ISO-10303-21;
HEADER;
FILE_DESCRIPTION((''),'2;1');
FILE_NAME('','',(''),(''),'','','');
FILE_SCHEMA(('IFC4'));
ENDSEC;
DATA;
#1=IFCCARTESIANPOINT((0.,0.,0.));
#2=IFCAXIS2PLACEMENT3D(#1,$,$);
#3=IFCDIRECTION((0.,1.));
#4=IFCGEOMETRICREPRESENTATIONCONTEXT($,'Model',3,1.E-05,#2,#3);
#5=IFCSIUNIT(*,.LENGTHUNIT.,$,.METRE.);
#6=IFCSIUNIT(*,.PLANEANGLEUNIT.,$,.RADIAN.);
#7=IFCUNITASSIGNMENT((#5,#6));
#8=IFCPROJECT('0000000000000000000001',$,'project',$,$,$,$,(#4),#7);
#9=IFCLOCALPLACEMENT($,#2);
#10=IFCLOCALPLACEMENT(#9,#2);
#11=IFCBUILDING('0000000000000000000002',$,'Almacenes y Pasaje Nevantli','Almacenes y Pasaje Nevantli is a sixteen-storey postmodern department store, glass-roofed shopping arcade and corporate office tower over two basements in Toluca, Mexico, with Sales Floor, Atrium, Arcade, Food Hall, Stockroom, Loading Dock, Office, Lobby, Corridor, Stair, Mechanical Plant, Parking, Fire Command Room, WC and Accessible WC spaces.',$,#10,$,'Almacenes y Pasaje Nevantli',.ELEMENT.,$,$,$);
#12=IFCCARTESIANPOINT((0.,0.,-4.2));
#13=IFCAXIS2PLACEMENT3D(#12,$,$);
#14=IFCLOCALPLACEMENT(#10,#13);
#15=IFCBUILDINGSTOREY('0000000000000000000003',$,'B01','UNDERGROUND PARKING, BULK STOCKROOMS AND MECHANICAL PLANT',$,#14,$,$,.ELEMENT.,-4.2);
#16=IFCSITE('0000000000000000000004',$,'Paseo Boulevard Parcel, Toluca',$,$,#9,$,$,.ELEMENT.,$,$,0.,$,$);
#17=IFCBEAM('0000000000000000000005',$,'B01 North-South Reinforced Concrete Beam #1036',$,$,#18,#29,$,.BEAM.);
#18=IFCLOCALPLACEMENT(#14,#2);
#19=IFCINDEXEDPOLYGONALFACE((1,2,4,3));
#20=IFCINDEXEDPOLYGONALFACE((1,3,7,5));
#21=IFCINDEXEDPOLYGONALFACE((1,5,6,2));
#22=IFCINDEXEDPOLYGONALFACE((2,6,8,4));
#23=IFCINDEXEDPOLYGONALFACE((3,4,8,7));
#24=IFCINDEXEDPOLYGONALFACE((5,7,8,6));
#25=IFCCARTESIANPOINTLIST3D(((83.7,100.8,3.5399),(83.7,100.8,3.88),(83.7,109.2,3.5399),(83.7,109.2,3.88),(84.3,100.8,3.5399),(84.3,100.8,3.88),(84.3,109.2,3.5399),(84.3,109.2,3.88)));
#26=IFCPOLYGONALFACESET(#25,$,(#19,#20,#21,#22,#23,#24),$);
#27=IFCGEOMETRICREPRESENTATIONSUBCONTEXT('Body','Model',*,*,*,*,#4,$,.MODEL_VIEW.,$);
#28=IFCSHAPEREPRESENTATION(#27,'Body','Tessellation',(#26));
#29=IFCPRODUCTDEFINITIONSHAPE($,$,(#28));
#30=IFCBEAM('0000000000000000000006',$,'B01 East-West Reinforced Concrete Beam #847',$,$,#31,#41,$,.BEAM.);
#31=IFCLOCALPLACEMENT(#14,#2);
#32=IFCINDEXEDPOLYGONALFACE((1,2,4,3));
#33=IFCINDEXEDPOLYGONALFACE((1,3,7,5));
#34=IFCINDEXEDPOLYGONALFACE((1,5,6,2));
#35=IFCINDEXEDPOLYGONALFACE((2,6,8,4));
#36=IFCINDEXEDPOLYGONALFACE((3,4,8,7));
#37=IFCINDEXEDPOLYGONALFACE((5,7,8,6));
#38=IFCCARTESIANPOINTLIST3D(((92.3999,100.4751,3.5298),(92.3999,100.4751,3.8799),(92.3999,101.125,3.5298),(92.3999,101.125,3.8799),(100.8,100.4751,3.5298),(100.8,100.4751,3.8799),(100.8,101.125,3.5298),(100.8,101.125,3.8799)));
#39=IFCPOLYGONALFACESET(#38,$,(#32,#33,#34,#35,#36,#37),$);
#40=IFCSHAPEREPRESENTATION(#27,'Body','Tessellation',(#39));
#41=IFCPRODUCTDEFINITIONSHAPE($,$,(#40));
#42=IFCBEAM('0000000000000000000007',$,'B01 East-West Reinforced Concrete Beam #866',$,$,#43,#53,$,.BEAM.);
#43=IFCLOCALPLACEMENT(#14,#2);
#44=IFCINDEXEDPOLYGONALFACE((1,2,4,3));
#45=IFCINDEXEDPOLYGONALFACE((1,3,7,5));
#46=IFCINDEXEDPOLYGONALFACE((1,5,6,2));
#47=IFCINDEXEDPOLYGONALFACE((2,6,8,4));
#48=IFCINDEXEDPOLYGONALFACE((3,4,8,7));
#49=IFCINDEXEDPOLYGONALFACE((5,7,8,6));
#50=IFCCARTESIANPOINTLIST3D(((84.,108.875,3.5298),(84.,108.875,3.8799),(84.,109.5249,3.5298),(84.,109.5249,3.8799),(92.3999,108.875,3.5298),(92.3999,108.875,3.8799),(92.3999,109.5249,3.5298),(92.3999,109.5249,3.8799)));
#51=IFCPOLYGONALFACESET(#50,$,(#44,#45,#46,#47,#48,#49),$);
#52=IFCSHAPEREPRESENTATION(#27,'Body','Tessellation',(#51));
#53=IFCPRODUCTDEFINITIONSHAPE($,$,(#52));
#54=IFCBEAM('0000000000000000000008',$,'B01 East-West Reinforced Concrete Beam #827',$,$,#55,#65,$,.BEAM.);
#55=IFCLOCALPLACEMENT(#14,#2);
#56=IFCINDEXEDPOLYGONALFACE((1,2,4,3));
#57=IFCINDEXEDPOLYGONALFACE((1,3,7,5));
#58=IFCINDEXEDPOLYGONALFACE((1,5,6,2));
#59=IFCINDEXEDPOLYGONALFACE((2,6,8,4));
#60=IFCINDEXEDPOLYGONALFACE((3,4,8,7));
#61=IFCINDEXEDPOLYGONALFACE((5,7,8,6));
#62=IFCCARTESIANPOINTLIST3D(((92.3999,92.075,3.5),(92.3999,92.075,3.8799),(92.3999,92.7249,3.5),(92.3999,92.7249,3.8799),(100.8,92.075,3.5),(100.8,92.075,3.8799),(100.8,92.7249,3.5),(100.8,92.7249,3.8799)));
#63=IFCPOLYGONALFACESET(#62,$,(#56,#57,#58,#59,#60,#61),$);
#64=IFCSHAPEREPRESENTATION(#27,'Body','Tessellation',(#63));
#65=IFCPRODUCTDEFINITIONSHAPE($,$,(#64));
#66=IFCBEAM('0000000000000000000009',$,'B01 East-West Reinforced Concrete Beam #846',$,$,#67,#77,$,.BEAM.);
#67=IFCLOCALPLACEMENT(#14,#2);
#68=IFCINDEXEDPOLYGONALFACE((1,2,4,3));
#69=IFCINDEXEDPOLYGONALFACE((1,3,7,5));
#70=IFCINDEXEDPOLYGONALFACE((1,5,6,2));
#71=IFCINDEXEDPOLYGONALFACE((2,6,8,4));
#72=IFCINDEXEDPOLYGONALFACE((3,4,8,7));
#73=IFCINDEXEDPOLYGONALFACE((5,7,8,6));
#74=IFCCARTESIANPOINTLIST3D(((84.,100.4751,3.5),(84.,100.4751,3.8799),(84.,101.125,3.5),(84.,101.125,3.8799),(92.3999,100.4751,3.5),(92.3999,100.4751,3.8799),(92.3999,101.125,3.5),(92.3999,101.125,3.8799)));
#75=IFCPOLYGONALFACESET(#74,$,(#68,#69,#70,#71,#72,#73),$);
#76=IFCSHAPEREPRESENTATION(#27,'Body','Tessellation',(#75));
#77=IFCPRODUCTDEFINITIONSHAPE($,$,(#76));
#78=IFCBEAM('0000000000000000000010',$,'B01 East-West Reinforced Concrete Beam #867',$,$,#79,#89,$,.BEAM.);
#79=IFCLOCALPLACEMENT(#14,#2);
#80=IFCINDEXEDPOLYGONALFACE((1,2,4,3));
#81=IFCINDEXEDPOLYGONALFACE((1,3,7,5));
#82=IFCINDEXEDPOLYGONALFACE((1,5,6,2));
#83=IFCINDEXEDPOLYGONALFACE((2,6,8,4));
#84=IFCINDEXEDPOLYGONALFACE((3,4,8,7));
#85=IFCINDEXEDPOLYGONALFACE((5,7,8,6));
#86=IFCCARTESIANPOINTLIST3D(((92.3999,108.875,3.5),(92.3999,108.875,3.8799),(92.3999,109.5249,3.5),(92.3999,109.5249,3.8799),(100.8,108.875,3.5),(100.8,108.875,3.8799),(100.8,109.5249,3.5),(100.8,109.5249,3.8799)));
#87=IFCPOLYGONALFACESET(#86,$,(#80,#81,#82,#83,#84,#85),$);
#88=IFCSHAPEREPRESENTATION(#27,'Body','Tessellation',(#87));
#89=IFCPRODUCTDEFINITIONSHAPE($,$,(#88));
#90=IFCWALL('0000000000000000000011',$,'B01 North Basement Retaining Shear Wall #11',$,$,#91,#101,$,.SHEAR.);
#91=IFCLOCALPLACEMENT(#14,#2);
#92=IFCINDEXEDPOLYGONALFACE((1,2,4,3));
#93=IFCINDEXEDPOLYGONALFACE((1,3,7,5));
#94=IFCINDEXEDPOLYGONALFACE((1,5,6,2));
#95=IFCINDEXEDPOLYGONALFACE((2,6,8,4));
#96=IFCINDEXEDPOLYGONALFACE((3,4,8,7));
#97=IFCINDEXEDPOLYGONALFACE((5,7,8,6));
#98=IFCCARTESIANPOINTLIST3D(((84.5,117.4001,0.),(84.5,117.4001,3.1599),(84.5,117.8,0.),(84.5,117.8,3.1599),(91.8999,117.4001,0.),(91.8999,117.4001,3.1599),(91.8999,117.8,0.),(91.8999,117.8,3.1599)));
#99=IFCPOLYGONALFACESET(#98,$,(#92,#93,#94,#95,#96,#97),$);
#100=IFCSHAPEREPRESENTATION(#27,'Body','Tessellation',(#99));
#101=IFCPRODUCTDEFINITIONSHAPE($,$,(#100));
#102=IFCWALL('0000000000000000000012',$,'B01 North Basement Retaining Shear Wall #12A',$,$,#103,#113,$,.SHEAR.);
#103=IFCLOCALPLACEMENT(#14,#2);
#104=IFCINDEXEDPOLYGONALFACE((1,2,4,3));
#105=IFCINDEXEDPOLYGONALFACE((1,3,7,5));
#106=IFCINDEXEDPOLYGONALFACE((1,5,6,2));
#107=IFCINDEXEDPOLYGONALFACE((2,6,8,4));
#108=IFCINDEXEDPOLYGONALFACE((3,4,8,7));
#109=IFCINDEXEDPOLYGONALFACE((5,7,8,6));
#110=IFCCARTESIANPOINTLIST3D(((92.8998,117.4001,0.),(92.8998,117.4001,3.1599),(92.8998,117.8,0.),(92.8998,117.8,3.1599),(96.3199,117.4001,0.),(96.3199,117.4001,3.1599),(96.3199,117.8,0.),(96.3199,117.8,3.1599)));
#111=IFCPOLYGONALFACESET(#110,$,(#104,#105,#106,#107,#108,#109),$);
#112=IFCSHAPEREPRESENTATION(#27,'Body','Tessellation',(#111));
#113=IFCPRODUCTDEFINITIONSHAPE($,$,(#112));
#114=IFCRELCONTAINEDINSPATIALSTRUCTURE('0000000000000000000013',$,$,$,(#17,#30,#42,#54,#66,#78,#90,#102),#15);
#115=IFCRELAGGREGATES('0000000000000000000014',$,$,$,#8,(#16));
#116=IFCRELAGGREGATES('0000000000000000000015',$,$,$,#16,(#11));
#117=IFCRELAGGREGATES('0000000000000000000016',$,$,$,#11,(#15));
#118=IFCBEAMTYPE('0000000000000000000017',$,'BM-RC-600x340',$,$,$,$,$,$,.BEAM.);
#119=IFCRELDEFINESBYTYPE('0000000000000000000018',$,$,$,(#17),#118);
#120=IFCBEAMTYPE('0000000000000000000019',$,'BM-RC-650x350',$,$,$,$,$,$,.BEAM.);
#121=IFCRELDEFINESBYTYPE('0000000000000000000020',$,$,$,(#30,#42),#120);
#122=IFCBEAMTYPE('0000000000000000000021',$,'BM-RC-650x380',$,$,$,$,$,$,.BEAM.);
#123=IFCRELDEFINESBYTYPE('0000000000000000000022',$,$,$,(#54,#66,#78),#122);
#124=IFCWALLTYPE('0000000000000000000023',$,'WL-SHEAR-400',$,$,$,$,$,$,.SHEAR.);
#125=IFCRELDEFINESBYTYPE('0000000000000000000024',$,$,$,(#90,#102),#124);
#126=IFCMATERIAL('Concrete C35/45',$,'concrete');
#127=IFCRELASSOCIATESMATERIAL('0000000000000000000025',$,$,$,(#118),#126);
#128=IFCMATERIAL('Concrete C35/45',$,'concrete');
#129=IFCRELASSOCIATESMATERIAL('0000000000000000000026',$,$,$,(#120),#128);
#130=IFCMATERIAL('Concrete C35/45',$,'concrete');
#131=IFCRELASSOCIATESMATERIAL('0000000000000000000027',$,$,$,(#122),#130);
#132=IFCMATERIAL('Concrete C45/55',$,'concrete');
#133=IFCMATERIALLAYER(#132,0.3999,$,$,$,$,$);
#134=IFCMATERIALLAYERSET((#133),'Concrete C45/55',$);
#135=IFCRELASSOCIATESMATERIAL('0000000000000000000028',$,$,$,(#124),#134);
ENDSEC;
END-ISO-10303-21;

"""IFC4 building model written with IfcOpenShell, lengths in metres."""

from ifc_helpers import new_model, si_unit, direction, frame, frame_2d, origin, origin_2d, place, context, subcontext, project, spatial, rectangle, extrude, material, layer, layer_set, material_profile, profile_set, type_object, element, save


model = new_model("IFC4")

# Units and contexts
model_context = context("Model", 3, precision=1e-05, world=origin(), true_north=direction((0.0, 1.0)))
body_context = subcontext(model_context, "Body", "Model", "MODEL_VIEW")
ifc_project = project(units=[si_unit("LENGTHUNIT", "METRE"), si_unit("PLANEANGLEUNIT", "RADIAN")], contexts=[model_context])

# Site, building, storey
site_placement = place(None, origin())
site = spatial("IfcSite", under=ifc_project, at=site_placement, Name="Paseo Boulevard Parcel, Toluca", CompositionType="ELEMENT", RefElevation=0.0)
building_placement = place(site_placement, origin())
building = spatial("IfcBuilding", under=site, at=building_placement, Name="Almacenes y Pasaje Nevantli", Description="Almacenes y Pasaje Nevantli is a sixteen-storey postmodern department store, glass-roofed shopping arcade and corporate office tower over two basements in Toluca, Mexico, with Sales Floor, Atrium, Arcade, Food Hall, Stockroom, Loading Dock, Office, Lobby, Corridor, Stair, Mechanical Plant, Parking, Fire Command Room, WC and Accessible WC spaces.", LongName="Almacenes y Pasaje Nevantli", CompositionType="ELEMENT")
storey_placement = place(building_placement, frame((0.0, 0.0, -4.2)))
storey = spatial("IfcBuildingStorey", under=building, at=storey_placement, Name="B01", Description="UNDERGROUND PARKING, BULK STOCKROOMS AND MECHANICAL PLANT", CompositionType="ELEMENT", Elevation=-4.2)

# Beams
ifc_material_1 = material(Name="Concrete C35/45", Category="concrete")
ifc_material_profile_1 = material_profile(ifc_material_1, rectangle(XDim=0.6001, YDim=0.3401, at=origin_2d()), Name="RC-BM-600x340")
ifc_profile_set_1 = profile_set([ifc_material_profile_1], Name="Concrete C35/45")
beam_type_1 = type_object("IfcBeamType", Name="BM-RC-600x340", PredefinedType="BEAM", material=ifc_profile_set_1)
beam_1_placement = place(storey_placement, frame((84.0, 100.8, 3.71), z_axis=(0.0, 1.0, 0.0), x_axis=(-1.0, 0.0, 0.0)))
element("IfcBeam", 1, at=beam_1_placement, inside=storey, type_object=beam_type_1, Name="B01 North-South Reinforced Concrete Beam #1036", PredefinedType="BEAM", context=body_context, shape_type="SweptSolid", body=[
    extrude(rectangle(XDim=0.6001, YDim=0.3401, at=origin_2d()), origin(), (0.0, 0.0, 1.0), 8.3999),
])
ifc_material_2 = material(Name="Concrete C35/45", Category="concrete")
ifc_material_profile_2 = material_profile(ifc_material_2, rectangle(XDim=0.6499, YDim=0.3501, at=origin_2d()), Name="RC-BM-650x350")
ifc_profile_set_2 = profile_set([ifc_material_profile_2], Name="Concrete C35/45")
beam_type_2 = type_object("IfcBeamType", Name="BM-RC-650x350", PredefinedType="BEAM", material=ifc_profile_set_2)
beam_2_placement = place(storey_placement, frame((92.3999, 100.8, 3.7048), z_axis=(1.0, 0.0, 0.0), x_axis=(0.0, 1.0, 0.0)))
element("IfcBeam", 2, at=beam_2_placement, inside=storey, type_object=beam_type_2, Name="B01 East-West Reinforced Concrete Beam #847", PredefinedType="BEAM", context=body_context, shape_type="SweptSolid", body=[
    extrude(rectangle(XDim=0.6499, YDim=0.3501, at=origin_2d()), origin(), (0.0, 0.0, 1.0), 8.4001),
])
beam_3_placement = place(storey_placement, frame((84.0, 109.2, 3.7048), z_axis=(1.0, 0.0, 0.0), x_axis=(0.0, 1.0, 0.0)))
element("IfcBeam", 3, at=beam_3_placement, inside=storey, type_object=beam_type_2, Name="B01 East-West Reinforced Concrete Beam #866", PredefinedType="BEAM", context=body_context, shape_type="SweptSolid", body=[
    extrude(rectangle(XDim=0.6499, YDim=0.3501, at=origin_2d()), origin(), (0.0, 0.0, 1.0), 8.3999),
])
ifc_material_3 = material(Name="Concrete C35/45", Category="concrete")
ifc_material_profile_3 = material_profile(ifc_material_3, rectangle(XDim=0.6499, YDim=0.3799, at=origin_2d()), Name="RC-BM-650x380")
ifc_profile_set_3 = profile_set([ifc_material_profile_3], Name="Concrete C35/45")
beam_type_3 = type_object("IfcBeamType", Name="BM-RC-650x380", PredefinedType="BEAM", material=ifc_profile_set_3)
beam_4_placement = place(storey_placement, frame((92.3999, 92.3999, 3.6899), z_axis=(1.0, 0.0, 0.0), x_axis=(0.0, 1.0, 0.0)))
element("IfcBeam", 4, at=beam_4_placement, inside=storey, type_object=beam_type_3, Name="B01 East-West Reinforced Concrete Beam #827", PredefinedType="BEAM", context=body_context, shape_type="SweptSolid", body=[
    extrude(rectangle(XDim=0.6499, YDim=0.3799, at=origin_2d()), origin(), (0.0, 0.0, 1.0), 8.4001),
])
beam_5_placement = place(storey_placement, frame((84.0, 100.8, 3.6899), z_axis=(1.0, 0.0, 0.0), x_axis=(0.0, 1.0, 0.0)))
element("IfcBeam", 5, at=beam_5_placement, inside=storey, type_object=beam_type_3, Name="B01 East-West Reinforced Concrete Beam #846", PredefinedType="BEAM", context=body_context, shape_type="SweptSolid", body=[
    extrude(rectangle(XDim=0.6499, YDim=0.3799, at=origin_2d()), origin(), (0.0, 0.0, 1.0), 8.3999),
])
beam_6_placement = place(storey_placement, frame((92.3999, 109.2, 3.6899), z_axis=(1.0, 0.0, 0.0), x_axis=(0.0, 1.0, 0.0)))
element("IfcBeam", 6, at=beam_6_placement, inside=storey, type_object=beam_type_3, Name="B01 East-West Reinforced Concrete Beam #867", PredefinedType="BEAM", context=body_context, shape_type="SweptSolid", body=[
    extrude(rectangle(XDim=0.6499, YDim=0.3799, at=origin_2d()), origin(), (0.0, 0.0, 1.0), 8.4001),
])

# Walls
ifc_material_4 = material(Name="Concrete C45/55", Category="concrete")
ifc_layer = layer(ifc_material_4, 0.3999)
ifc_layer_set = layer_set([ifc_layer], Name="Concrete C45/55")
wall_type = type_object("IfcWallType", Name="WL-SHEAR-400", PredefinedType="SHEAR", material=ifc_layer_set)
wall_1_placement = place(storey_placement, frame((84.5, 117.6001, 0.0), z_axis=(0.0, 0.0, 1.0), x_axis=(1.0, 0.0, 0.0)))
element("IfcWall", 7, at=wall_1_placement, inside=storey, type_object=wall_type, Name="B01 North Basement Retaining Shear Wall #11", PredefinedType="SHEAR", context=body_context, shape_type="SweptSolid", body=[
    extrude(rectangle(XDim=7.3999, YDim=0.3999, at=frame_2d((3.7, 0.0))), origin(), (0.0, 0.0, 1.0), 3.1599),
])
wall_2_placement = place(storey_placement, frame((92.8999, 117.6001, 0.0), z_axis=(0.0, 0.0, 1.0), x_axis=(1.0, 0.0, 0.0)))
element("IfcWall", 8, at=wall_2_placement, inside=storey, type_object=wall_type, Name="B01 North Basement Retaining Shear Wall #12A", PredefinedType="SHEAR", context=body_context, shape_type="SweptSolid", body=[
    extrude(rectangle(XDim=3.4202, YDim=0.3999, at=frame_2d((1.71, 0.0))), origin(), (0.0, 0.0, 1.0), 3.1599),
])

save(model, "model.ifc")
